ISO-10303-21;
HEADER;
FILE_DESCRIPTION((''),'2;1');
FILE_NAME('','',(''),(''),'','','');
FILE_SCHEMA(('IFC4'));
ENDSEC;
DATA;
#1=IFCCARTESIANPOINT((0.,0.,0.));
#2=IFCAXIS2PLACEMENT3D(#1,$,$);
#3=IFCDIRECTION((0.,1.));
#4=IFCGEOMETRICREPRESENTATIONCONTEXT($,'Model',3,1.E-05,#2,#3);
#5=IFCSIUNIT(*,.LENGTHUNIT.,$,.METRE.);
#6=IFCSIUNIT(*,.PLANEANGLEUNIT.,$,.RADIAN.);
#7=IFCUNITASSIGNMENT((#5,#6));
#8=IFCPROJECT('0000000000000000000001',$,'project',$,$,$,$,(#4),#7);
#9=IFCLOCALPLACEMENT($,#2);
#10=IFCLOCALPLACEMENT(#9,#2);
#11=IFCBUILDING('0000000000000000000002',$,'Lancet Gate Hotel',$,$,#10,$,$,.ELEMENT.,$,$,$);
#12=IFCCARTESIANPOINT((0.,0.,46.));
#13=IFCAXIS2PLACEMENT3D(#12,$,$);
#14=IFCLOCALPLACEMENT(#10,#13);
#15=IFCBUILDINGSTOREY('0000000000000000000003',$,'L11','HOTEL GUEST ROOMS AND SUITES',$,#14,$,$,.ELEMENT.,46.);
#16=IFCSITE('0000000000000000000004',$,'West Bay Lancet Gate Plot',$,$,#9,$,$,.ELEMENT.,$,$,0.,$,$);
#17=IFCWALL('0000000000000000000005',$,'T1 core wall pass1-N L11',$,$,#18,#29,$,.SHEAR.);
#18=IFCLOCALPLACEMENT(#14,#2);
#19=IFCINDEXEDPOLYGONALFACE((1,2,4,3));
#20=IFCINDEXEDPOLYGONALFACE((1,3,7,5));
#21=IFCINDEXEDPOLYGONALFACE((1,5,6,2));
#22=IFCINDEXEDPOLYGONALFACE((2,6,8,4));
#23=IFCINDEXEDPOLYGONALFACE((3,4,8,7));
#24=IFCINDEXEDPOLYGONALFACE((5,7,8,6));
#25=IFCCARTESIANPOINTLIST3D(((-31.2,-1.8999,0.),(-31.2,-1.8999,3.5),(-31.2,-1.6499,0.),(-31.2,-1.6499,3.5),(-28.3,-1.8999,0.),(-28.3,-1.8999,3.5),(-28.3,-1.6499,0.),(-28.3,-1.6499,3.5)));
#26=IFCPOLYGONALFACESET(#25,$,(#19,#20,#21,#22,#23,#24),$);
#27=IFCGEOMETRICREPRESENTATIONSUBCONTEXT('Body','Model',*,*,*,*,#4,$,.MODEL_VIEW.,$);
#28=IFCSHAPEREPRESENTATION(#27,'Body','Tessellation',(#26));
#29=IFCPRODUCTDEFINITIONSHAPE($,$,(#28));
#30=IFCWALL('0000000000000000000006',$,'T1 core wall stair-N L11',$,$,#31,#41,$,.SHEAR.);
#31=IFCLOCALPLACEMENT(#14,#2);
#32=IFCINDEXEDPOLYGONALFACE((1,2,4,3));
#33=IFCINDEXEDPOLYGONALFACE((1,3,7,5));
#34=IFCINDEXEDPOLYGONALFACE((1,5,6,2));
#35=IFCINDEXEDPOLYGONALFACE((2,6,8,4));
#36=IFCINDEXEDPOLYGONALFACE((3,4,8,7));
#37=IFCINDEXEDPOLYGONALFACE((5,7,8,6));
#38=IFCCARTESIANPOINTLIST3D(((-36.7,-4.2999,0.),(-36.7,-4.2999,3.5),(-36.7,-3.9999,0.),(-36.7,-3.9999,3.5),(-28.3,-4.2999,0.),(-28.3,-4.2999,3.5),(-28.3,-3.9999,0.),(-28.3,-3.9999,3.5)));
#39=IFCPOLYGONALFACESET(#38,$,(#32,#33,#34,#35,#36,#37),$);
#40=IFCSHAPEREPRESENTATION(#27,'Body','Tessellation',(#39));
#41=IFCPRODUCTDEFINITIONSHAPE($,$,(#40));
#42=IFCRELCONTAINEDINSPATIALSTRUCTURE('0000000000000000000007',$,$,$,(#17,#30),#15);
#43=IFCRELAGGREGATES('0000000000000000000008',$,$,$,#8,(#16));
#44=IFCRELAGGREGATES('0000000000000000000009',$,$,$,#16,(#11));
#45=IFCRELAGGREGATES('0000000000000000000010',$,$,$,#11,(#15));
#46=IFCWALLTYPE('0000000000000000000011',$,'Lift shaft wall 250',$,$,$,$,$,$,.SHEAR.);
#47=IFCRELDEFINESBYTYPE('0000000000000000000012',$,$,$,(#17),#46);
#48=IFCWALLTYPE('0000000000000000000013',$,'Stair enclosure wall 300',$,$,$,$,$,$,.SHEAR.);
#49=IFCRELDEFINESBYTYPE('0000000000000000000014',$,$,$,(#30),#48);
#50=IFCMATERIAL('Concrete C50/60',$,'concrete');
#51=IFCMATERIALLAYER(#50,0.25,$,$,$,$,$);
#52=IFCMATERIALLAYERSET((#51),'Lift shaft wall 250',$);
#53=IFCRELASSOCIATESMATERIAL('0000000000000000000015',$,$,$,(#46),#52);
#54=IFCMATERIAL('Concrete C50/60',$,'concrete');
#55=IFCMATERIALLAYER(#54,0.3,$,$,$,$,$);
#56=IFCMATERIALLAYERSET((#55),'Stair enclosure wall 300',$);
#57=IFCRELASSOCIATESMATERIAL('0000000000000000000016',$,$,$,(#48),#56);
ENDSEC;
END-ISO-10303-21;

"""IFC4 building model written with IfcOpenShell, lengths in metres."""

from ifc_helpers import new_model, si_unit, direction, frame, frame_2d, origin, place, context, subcontext, project, spatial, rectangle, extrude, material, layer, layer_set, type_object, element, save


model = new_model("IFC4")

# Units and contexts
model_context = context("Model", 3, precision=1e-05, world=origin(), true_north=direction((0.0, 1.0)))
body_context = subcontext(model_context, "Body", "Model", "MODEL_VIEW")
ifc_project = project(units=[si_unit("LENGTHUNIT", "METRE"), si_unit("PLANEANGLEUNIT", "RADIAN")], contexts=[model_context])

# Site, building, storey
site_placement = place(None, origin())
site = spatial("IfcSite", under=ifc_project, at=site_placement, Name="West Bay Lancet Gate Plot", CompositionType="ELEMENT", RefElevation=0.0)
building_placement = place(site_placement, origin())
building = spatial("IfcBuilding", under=site, at=building_placement, Name="Lancet Gate Hotel", CompositionType="ELEMENT")
storey_placement = place(building_placement, frame((0.0, 0.0, 46.0)))
storey = spatial("IfcBuildingStorey", under=building, at=storey_placement, Name="L11", Description="HOTEL GUEST ROOMS AND SUITES", CompositionType="ELEMENT", Elevation=46.0)

# Walls
ifc_material_1 = material(Name="Concrete C50/60", Category="concrete")
ifc_layer_1 = layer(ifc_material_1, 0.25)
ifc_layer_set_1 = layer_set([ifc_layer_1], Name="Lift shaft wall 250")
wall_type_1 = type_object("IfcWallType", Name="Lift shaft wall 250", PredefinedType="SHEAR", material=ifc_layer_set_1)
wall_1_placement = place(storey_placement, frame((-28.3, -1.7749, 0.0), z_axis=(0.0, 0.0, 1.0), x_axis=(-1.0, 0.0, 0.0)))
element("IfcWall", 1, at=wall_1_placement, inside=storey, type_object=wall_type_1, Name="T1 core wall pass1-N L11", PredefinedType="SHEAR", context=body_context, shape_type="SweptSolid", body=[
    extrude(rectangle(XDim=2.8999, YDim=0.25, at=frame_2d((1.45, 0.0))), origin(), (0.0, 0.0, 1.0), 3.5),
])
ifc_material_2 = material(Name="Concrete C50/60", Category="concrete")
ifc_layer_2 = layer(ifc_material_2, 0.3)
ifc_layer_set_2 = layer_set([ifc_layer_2], Name="Stair enclosure wall 300")
wall_type_2 = type_object("IfcWallType", Name="Stair enclosure wall 300", PredefinedType="SHEAR", material=ifc_layer_set_2)
wall_2_placement = place(storey_placement, frame((-28.3, -4.1499, 0.0), z_axis=(0.0, 0.0, 1.0), x_axis=(-1.0, 0.0, 0.0)))
element("IfcWall", 2, at=wall_2_placement, inside=storey, type_object=wall_type_2, Name="T1 core wall stair-N L11", PredefinedType="SHEAR", context=body_context, shape_type="SweptSolid", body=[
    extrude(rectangle(XDim=8.3999, YDim=0.3, at=frame_2d((4.2, 0.0))), origin(), (0.0, 0.0, 1.0), 3.5),
])

save(model, "model.ifc")
